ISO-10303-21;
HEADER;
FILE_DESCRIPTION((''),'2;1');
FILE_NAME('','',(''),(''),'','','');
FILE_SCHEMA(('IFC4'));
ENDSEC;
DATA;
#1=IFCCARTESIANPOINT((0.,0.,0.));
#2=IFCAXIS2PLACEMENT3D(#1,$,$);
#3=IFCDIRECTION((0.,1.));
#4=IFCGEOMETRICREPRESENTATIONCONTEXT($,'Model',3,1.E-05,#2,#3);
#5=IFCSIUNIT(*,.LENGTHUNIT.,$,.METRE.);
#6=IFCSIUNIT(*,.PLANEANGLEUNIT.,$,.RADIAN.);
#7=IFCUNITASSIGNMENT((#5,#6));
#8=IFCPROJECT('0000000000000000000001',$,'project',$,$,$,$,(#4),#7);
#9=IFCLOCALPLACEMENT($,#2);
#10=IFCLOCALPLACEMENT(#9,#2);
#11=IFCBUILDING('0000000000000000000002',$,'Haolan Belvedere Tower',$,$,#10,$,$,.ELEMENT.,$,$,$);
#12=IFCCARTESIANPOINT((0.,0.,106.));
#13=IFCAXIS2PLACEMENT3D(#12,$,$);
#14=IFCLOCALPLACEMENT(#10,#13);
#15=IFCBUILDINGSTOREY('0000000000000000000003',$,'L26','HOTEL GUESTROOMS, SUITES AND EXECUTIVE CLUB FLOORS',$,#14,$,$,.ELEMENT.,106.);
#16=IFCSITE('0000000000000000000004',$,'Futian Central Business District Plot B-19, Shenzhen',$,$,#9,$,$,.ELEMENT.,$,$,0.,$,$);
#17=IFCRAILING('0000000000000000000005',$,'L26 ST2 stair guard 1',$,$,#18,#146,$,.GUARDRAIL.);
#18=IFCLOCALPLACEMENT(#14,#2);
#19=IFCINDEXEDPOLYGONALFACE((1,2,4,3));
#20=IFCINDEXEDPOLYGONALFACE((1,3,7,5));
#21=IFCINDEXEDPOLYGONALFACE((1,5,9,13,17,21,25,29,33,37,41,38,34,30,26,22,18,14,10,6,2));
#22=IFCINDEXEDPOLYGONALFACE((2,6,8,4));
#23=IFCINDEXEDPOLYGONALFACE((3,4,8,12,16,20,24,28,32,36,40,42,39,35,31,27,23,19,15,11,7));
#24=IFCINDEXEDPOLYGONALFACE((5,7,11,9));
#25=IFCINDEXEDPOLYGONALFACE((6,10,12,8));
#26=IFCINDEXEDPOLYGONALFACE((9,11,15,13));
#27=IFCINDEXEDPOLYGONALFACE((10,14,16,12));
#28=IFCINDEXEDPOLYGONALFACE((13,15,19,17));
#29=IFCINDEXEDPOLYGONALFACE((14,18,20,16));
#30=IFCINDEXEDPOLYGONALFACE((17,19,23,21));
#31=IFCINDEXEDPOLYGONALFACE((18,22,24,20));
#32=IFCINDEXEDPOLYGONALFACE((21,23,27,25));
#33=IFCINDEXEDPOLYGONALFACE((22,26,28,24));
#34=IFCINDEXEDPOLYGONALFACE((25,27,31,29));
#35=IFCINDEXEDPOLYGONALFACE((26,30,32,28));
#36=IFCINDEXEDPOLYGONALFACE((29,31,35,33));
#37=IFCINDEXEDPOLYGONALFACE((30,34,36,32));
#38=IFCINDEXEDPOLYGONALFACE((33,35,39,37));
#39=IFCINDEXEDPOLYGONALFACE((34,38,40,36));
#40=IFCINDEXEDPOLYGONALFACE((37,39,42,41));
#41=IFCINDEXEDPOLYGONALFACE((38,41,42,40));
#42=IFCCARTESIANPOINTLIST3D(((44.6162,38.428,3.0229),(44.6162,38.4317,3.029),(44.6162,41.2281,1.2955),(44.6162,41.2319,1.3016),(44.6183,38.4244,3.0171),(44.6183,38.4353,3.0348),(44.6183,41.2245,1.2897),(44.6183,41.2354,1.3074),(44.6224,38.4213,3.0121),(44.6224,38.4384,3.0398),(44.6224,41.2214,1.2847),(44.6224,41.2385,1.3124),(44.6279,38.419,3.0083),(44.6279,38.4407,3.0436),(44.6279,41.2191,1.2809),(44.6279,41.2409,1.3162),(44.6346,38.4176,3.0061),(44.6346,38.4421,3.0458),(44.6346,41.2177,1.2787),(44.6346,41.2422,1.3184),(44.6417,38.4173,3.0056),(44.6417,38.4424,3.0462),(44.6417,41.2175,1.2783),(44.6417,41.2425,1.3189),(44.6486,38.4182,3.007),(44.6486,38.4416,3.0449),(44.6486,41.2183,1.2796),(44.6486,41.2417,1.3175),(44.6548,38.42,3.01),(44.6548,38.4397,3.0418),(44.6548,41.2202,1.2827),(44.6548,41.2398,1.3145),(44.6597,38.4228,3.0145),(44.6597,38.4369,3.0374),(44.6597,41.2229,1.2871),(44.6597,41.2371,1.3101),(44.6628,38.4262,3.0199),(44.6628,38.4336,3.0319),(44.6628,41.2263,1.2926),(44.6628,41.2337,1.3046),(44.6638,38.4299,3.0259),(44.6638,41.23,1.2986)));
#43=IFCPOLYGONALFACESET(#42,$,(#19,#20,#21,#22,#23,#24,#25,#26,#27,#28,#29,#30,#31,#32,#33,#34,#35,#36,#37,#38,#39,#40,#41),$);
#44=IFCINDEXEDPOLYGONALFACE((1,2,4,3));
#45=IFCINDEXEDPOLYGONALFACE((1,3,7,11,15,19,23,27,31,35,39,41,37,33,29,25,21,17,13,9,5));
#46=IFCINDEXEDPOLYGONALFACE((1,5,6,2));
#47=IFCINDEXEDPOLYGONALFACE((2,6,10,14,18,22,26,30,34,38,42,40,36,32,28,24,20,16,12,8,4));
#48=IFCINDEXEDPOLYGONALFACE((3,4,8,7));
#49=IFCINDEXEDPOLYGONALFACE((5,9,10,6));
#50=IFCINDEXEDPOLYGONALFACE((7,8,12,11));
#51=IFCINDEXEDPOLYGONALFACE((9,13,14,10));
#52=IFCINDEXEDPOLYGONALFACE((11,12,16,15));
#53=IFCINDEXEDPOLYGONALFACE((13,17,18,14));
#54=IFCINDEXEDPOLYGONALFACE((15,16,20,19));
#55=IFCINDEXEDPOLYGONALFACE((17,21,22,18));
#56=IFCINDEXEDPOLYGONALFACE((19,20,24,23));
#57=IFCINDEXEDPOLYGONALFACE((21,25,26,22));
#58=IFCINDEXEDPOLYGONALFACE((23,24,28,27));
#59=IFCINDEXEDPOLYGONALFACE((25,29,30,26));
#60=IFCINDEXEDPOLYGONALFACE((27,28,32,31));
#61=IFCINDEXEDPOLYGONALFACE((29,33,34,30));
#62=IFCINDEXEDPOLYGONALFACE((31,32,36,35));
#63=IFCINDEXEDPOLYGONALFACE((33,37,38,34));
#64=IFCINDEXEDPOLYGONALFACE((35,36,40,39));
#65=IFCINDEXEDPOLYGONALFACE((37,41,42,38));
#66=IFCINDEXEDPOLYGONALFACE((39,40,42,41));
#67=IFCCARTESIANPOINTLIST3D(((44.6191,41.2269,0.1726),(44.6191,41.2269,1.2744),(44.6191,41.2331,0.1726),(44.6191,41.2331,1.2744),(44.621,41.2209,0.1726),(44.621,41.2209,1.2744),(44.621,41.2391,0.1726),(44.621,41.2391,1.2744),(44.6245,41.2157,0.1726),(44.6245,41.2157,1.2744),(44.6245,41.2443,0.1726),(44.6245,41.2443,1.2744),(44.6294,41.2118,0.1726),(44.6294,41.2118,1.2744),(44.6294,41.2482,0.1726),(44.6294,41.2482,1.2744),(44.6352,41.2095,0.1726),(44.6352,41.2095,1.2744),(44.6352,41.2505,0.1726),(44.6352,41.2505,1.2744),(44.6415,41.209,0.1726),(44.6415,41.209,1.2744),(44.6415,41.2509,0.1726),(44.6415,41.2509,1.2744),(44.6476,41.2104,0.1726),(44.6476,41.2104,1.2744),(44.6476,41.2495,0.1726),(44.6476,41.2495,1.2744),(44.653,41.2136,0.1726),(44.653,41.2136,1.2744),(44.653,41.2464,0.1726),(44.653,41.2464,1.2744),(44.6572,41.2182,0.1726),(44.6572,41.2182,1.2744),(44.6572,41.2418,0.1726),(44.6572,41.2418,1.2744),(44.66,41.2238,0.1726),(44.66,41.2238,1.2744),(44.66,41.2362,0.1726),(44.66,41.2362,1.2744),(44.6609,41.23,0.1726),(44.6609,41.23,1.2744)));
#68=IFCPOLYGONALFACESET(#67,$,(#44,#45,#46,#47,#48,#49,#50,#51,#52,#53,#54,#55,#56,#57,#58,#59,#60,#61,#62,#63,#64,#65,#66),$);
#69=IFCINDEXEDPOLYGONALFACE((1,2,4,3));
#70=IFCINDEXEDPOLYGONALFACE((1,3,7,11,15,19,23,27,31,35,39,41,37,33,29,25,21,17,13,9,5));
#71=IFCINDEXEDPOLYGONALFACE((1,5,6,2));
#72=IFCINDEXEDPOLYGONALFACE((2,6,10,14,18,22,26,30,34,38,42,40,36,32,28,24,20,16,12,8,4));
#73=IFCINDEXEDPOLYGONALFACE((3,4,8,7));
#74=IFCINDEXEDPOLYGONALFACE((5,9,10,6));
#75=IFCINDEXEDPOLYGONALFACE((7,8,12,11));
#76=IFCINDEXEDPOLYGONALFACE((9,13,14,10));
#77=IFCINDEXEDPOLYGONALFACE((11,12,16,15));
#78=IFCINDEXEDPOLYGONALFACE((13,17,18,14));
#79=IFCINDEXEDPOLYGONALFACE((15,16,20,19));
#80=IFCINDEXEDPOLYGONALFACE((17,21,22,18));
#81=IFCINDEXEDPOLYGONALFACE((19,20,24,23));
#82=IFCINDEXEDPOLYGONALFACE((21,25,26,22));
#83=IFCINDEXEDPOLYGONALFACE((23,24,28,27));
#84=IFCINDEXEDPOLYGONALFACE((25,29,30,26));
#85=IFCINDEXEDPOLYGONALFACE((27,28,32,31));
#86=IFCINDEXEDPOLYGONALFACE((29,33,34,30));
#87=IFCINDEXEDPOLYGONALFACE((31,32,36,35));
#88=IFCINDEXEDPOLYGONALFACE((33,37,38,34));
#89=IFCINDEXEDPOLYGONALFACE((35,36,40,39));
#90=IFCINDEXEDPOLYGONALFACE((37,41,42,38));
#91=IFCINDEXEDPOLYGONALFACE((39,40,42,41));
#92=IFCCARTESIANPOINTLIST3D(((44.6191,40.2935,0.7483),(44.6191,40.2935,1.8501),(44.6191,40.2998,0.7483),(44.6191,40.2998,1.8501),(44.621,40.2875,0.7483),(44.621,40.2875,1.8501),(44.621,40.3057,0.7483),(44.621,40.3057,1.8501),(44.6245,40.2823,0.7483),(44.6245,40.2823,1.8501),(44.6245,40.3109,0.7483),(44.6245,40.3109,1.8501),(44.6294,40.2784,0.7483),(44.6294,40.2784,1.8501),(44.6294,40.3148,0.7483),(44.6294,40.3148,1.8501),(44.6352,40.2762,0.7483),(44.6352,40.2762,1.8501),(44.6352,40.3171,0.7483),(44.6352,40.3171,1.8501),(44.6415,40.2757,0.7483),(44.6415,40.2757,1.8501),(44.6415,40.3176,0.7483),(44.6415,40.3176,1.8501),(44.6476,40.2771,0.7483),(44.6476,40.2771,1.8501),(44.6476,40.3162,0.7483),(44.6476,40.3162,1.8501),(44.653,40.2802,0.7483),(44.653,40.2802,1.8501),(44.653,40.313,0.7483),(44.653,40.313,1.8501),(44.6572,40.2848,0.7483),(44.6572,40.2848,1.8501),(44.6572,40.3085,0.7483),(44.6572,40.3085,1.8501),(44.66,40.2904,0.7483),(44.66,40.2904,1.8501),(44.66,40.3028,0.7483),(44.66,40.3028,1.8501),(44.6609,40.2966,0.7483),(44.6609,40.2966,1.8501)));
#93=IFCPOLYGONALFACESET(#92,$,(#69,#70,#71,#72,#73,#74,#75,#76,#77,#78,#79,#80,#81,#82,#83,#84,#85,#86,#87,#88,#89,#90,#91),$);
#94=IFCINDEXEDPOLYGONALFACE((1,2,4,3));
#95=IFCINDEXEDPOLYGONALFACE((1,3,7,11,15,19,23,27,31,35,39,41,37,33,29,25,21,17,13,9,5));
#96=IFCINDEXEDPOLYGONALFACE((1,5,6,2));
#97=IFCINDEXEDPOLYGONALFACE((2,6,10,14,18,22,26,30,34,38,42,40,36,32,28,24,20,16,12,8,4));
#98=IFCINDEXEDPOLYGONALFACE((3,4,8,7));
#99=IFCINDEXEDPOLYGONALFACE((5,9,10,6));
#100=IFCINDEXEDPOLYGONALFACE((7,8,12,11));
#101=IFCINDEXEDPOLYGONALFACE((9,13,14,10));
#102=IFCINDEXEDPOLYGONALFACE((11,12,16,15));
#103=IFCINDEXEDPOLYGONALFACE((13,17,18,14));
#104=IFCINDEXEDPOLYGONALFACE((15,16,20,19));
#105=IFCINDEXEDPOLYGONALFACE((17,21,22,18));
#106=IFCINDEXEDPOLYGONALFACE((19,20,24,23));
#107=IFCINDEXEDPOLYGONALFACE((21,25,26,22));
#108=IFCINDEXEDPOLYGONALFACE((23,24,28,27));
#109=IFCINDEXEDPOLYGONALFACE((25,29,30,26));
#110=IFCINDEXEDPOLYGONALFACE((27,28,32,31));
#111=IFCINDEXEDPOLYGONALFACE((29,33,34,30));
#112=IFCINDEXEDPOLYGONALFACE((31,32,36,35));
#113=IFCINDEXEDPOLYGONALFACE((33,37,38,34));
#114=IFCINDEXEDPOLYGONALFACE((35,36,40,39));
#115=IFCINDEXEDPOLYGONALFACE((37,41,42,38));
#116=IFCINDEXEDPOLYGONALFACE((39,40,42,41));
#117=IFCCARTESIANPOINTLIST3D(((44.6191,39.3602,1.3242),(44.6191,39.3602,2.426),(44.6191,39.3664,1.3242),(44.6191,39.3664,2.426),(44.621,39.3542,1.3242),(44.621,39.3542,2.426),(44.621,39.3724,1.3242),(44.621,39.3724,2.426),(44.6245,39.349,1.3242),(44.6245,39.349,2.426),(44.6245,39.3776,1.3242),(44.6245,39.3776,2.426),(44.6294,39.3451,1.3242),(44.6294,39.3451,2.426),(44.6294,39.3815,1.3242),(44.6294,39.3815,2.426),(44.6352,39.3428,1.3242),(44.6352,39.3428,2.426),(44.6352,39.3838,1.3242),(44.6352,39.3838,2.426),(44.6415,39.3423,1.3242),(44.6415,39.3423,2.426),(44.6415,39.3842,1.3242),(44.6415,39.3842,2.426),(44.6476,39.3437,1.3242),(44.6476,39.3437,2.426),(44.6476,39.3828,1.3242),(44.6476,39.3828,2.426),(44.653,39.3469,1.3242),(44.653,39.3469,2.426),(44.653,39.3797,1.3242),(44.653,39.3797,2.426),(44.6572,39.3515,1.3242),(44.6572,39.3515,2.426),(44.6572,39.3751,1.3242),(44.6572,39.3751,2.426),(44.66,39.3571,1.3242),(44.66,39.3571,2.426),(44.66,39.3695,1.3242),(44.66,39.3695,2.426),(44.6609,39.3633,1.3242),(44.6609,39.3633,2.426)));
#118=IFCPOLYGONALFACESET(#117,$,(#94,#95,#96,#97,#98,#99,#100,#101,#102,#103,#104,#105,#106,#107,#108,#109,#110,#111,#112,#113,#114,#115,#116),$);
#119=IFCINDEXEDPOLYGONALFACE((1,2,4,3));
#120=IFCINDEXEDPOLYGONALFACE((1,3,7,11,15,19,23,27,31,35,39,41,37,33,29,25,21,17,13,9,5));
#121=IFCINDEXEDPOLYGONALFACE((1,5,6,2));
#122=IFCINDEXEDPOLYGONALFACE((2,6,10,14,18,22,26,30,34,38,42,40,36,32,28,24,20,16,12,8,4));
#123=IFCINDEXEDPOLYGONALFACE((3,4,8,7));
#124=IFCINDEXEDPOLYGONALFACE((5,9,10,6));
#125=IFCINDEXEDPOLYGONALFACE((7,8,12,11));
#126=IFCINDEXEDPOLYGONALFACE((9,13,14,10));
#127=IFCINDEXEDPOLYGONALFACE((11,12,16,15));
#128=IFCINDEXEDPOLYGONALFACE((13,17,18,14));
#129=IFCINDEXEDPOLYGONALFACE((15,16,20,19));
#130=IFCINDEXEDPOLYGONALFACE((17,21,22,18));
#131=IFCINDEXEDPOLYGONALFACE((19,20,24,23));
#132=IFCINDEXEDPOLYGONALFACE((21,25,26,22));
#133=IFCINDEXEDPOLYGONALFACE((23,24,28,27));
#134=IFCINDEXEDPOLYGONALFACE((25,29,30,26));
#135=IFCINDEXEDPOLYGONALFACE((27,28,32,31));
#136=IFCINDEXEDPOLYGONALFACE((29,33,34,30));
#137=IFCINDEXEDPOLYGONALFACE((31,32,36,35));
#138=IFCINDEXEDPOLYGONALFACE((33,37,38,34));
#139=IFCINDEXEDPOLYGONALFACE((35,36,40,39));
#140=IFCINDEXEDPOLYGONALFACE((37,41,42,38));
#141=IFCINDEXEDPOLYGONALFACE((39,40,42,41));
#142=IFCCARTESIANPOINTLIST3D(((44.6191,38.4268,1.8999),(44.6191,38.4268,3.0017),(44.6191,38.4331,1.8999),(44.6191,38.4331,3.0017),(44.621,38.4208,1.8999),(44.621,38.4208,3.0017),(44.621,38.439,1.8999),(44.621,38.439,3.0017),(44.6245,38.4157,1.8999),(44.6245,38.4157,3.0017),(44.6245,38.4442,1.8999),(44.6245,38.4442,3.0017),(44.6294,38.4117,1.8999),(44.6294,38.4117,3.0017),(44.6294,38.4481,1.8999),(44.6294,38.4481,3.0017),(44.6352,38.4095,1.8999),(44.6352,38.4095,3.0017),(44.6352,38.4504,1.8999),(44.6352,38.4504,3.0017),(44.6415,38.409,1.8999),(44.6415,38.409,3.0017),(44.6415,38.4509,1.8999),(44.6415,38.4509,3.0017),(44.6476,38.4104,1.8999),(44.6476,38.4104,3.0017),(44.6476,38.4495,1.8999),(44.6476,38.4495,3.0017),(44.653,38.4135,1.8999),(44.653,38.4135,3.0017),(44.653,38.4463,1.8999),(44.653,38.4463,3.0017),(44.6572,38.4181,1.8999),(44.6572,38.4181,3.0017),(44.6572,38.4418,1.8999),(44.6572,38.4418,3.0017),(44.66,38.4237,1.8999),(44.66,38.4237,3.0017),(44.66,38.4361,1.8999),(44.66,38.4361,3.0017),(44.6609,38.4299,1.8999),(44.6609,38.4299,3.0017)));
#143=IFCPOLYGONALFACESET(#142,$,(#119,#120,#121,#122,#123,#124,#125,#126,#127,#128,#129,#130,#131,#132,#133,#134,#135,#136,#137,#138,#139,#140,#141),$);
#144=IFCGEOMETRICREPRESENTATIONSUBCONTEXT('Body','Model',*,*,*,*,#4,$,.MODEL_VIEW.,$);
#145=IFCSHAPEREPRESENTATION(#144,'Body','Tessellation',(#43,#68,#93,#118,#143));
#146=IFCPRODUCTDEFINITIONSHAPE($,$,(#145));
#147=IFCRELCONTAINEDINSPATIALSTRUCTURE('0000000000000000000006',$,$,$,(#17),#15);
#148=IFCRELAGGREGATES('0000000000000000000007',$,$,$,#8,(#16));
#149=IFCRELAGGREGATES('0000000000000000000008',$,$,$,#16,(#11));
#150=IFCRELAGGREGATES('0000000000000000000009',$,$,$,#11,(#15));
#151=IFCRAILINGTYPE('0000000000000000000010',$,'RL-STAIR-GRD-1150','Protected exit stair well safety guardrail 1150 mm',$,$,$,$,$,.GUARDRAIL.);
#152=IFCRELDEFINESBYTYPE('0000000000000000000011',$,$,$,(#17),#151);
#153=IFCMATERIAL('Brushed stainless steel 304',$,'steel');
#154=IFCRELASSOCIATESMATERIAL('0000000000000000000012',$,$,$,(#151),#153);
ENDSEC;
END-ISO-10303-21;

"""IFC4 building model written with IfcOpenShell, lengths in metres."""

from ifc_helpers import new_model, si_unit, direction, frame, origin, origin_2d, place, context, subcontext, project, spatial, circle, extrude, material, type_object, element, save


model = new_model("IFC4")

# Units and contexts
model_context = context("Model", 3, precision=1e-05, world=origin(), true_north=direction((0.0, 1.0)))
body_context = subcontext(model_context, "Body", "Model", "MODEL_VIEW")
ifc_project = project(units=[si_unit("LENGTHUNIT", "METRE"), si_unit("PLANEANGLEUNIT", "RADIAN")], contexts=[model_context])

# Site, building, storey
site_placement = place(None, origin())
site = spatial("IfcSite", under=ifc_project, at=site_placement, Name="Futian Central Business District Plot B-19, Shenzhen", CompositionType="ELEMENT", RefElevation=0.0)
building_placement = place(site_placement, origin())
building = spatial("IfcBuilding", under=site, at=building_placement, Name="Haolan Belvedere Tower", CompositionType="ELEMENT")
storey_placement = place(building_placement, frame((0.0, 0.0, 106.0)))
storey = spatial("IfcBuildingStorey", under=building, at=storey_placement, Name="L26", Description="HOTEL GUESTROOMS, SUITES AND EXECUTIVE CLUB FLOORS", CompositionType="ELEMENT", Elevation=106.0)

# Railing
ifc_material_1 = material(Name="Brushed stainless steel 304", Category="steel")
railing_type_1 = type_object("IfcRailingType", Name="RL-STAIR-GRD-1150", Description="Protected exit stair well safety guardrail 1150 mm", PredefinedType="GUARDRAIL", material=ifc_material_1)
railing_1_placement = place(storey_placement, frame((44.6399, 41.23, 0.1726)))
element("IfcRailing", 1, at=railing_1_placement, inside=storey, type_object=railing_type_1, Name="L26 ST2 stair guard 1", PredefinedType="GUARDRAIL", context=body_context, shape_type="SweptSolid", body=[
    extrude(circle(Radius=0.0239, at=origin_2d()), frame((0.0, 0.0, 1.126), z_axis=(0.0, -0.85109, 0.52502), x_axis=(1.0, 0.0, 0.0)), (0.0, 0.0, 1.0), 3.29),
    extrude(circle(Radius=0.021, at=origin_2d()), origin(), (0.0, 0.0, 1.0), 1.1018),
    extrude(circle(Radius=0.021, at=origin_2d()), frame((0.0, -0.9333, 0.5757)), (0.0, 0.0, 1.0), 1.1018),
    extrude(circle(Radius=0.021, at=origin_2d()), frame((0.0, -1.8667, 1.1516)), (0.0, 0.0, 1.0), 1.1018),
    extrude(circle(Radius=0.021, at=origin_2d()), frame((0.0, -2.8, 1.7273)), (0.0, 0.0, 1.0), 1.1018),
])

save(model, "model.ifc")
